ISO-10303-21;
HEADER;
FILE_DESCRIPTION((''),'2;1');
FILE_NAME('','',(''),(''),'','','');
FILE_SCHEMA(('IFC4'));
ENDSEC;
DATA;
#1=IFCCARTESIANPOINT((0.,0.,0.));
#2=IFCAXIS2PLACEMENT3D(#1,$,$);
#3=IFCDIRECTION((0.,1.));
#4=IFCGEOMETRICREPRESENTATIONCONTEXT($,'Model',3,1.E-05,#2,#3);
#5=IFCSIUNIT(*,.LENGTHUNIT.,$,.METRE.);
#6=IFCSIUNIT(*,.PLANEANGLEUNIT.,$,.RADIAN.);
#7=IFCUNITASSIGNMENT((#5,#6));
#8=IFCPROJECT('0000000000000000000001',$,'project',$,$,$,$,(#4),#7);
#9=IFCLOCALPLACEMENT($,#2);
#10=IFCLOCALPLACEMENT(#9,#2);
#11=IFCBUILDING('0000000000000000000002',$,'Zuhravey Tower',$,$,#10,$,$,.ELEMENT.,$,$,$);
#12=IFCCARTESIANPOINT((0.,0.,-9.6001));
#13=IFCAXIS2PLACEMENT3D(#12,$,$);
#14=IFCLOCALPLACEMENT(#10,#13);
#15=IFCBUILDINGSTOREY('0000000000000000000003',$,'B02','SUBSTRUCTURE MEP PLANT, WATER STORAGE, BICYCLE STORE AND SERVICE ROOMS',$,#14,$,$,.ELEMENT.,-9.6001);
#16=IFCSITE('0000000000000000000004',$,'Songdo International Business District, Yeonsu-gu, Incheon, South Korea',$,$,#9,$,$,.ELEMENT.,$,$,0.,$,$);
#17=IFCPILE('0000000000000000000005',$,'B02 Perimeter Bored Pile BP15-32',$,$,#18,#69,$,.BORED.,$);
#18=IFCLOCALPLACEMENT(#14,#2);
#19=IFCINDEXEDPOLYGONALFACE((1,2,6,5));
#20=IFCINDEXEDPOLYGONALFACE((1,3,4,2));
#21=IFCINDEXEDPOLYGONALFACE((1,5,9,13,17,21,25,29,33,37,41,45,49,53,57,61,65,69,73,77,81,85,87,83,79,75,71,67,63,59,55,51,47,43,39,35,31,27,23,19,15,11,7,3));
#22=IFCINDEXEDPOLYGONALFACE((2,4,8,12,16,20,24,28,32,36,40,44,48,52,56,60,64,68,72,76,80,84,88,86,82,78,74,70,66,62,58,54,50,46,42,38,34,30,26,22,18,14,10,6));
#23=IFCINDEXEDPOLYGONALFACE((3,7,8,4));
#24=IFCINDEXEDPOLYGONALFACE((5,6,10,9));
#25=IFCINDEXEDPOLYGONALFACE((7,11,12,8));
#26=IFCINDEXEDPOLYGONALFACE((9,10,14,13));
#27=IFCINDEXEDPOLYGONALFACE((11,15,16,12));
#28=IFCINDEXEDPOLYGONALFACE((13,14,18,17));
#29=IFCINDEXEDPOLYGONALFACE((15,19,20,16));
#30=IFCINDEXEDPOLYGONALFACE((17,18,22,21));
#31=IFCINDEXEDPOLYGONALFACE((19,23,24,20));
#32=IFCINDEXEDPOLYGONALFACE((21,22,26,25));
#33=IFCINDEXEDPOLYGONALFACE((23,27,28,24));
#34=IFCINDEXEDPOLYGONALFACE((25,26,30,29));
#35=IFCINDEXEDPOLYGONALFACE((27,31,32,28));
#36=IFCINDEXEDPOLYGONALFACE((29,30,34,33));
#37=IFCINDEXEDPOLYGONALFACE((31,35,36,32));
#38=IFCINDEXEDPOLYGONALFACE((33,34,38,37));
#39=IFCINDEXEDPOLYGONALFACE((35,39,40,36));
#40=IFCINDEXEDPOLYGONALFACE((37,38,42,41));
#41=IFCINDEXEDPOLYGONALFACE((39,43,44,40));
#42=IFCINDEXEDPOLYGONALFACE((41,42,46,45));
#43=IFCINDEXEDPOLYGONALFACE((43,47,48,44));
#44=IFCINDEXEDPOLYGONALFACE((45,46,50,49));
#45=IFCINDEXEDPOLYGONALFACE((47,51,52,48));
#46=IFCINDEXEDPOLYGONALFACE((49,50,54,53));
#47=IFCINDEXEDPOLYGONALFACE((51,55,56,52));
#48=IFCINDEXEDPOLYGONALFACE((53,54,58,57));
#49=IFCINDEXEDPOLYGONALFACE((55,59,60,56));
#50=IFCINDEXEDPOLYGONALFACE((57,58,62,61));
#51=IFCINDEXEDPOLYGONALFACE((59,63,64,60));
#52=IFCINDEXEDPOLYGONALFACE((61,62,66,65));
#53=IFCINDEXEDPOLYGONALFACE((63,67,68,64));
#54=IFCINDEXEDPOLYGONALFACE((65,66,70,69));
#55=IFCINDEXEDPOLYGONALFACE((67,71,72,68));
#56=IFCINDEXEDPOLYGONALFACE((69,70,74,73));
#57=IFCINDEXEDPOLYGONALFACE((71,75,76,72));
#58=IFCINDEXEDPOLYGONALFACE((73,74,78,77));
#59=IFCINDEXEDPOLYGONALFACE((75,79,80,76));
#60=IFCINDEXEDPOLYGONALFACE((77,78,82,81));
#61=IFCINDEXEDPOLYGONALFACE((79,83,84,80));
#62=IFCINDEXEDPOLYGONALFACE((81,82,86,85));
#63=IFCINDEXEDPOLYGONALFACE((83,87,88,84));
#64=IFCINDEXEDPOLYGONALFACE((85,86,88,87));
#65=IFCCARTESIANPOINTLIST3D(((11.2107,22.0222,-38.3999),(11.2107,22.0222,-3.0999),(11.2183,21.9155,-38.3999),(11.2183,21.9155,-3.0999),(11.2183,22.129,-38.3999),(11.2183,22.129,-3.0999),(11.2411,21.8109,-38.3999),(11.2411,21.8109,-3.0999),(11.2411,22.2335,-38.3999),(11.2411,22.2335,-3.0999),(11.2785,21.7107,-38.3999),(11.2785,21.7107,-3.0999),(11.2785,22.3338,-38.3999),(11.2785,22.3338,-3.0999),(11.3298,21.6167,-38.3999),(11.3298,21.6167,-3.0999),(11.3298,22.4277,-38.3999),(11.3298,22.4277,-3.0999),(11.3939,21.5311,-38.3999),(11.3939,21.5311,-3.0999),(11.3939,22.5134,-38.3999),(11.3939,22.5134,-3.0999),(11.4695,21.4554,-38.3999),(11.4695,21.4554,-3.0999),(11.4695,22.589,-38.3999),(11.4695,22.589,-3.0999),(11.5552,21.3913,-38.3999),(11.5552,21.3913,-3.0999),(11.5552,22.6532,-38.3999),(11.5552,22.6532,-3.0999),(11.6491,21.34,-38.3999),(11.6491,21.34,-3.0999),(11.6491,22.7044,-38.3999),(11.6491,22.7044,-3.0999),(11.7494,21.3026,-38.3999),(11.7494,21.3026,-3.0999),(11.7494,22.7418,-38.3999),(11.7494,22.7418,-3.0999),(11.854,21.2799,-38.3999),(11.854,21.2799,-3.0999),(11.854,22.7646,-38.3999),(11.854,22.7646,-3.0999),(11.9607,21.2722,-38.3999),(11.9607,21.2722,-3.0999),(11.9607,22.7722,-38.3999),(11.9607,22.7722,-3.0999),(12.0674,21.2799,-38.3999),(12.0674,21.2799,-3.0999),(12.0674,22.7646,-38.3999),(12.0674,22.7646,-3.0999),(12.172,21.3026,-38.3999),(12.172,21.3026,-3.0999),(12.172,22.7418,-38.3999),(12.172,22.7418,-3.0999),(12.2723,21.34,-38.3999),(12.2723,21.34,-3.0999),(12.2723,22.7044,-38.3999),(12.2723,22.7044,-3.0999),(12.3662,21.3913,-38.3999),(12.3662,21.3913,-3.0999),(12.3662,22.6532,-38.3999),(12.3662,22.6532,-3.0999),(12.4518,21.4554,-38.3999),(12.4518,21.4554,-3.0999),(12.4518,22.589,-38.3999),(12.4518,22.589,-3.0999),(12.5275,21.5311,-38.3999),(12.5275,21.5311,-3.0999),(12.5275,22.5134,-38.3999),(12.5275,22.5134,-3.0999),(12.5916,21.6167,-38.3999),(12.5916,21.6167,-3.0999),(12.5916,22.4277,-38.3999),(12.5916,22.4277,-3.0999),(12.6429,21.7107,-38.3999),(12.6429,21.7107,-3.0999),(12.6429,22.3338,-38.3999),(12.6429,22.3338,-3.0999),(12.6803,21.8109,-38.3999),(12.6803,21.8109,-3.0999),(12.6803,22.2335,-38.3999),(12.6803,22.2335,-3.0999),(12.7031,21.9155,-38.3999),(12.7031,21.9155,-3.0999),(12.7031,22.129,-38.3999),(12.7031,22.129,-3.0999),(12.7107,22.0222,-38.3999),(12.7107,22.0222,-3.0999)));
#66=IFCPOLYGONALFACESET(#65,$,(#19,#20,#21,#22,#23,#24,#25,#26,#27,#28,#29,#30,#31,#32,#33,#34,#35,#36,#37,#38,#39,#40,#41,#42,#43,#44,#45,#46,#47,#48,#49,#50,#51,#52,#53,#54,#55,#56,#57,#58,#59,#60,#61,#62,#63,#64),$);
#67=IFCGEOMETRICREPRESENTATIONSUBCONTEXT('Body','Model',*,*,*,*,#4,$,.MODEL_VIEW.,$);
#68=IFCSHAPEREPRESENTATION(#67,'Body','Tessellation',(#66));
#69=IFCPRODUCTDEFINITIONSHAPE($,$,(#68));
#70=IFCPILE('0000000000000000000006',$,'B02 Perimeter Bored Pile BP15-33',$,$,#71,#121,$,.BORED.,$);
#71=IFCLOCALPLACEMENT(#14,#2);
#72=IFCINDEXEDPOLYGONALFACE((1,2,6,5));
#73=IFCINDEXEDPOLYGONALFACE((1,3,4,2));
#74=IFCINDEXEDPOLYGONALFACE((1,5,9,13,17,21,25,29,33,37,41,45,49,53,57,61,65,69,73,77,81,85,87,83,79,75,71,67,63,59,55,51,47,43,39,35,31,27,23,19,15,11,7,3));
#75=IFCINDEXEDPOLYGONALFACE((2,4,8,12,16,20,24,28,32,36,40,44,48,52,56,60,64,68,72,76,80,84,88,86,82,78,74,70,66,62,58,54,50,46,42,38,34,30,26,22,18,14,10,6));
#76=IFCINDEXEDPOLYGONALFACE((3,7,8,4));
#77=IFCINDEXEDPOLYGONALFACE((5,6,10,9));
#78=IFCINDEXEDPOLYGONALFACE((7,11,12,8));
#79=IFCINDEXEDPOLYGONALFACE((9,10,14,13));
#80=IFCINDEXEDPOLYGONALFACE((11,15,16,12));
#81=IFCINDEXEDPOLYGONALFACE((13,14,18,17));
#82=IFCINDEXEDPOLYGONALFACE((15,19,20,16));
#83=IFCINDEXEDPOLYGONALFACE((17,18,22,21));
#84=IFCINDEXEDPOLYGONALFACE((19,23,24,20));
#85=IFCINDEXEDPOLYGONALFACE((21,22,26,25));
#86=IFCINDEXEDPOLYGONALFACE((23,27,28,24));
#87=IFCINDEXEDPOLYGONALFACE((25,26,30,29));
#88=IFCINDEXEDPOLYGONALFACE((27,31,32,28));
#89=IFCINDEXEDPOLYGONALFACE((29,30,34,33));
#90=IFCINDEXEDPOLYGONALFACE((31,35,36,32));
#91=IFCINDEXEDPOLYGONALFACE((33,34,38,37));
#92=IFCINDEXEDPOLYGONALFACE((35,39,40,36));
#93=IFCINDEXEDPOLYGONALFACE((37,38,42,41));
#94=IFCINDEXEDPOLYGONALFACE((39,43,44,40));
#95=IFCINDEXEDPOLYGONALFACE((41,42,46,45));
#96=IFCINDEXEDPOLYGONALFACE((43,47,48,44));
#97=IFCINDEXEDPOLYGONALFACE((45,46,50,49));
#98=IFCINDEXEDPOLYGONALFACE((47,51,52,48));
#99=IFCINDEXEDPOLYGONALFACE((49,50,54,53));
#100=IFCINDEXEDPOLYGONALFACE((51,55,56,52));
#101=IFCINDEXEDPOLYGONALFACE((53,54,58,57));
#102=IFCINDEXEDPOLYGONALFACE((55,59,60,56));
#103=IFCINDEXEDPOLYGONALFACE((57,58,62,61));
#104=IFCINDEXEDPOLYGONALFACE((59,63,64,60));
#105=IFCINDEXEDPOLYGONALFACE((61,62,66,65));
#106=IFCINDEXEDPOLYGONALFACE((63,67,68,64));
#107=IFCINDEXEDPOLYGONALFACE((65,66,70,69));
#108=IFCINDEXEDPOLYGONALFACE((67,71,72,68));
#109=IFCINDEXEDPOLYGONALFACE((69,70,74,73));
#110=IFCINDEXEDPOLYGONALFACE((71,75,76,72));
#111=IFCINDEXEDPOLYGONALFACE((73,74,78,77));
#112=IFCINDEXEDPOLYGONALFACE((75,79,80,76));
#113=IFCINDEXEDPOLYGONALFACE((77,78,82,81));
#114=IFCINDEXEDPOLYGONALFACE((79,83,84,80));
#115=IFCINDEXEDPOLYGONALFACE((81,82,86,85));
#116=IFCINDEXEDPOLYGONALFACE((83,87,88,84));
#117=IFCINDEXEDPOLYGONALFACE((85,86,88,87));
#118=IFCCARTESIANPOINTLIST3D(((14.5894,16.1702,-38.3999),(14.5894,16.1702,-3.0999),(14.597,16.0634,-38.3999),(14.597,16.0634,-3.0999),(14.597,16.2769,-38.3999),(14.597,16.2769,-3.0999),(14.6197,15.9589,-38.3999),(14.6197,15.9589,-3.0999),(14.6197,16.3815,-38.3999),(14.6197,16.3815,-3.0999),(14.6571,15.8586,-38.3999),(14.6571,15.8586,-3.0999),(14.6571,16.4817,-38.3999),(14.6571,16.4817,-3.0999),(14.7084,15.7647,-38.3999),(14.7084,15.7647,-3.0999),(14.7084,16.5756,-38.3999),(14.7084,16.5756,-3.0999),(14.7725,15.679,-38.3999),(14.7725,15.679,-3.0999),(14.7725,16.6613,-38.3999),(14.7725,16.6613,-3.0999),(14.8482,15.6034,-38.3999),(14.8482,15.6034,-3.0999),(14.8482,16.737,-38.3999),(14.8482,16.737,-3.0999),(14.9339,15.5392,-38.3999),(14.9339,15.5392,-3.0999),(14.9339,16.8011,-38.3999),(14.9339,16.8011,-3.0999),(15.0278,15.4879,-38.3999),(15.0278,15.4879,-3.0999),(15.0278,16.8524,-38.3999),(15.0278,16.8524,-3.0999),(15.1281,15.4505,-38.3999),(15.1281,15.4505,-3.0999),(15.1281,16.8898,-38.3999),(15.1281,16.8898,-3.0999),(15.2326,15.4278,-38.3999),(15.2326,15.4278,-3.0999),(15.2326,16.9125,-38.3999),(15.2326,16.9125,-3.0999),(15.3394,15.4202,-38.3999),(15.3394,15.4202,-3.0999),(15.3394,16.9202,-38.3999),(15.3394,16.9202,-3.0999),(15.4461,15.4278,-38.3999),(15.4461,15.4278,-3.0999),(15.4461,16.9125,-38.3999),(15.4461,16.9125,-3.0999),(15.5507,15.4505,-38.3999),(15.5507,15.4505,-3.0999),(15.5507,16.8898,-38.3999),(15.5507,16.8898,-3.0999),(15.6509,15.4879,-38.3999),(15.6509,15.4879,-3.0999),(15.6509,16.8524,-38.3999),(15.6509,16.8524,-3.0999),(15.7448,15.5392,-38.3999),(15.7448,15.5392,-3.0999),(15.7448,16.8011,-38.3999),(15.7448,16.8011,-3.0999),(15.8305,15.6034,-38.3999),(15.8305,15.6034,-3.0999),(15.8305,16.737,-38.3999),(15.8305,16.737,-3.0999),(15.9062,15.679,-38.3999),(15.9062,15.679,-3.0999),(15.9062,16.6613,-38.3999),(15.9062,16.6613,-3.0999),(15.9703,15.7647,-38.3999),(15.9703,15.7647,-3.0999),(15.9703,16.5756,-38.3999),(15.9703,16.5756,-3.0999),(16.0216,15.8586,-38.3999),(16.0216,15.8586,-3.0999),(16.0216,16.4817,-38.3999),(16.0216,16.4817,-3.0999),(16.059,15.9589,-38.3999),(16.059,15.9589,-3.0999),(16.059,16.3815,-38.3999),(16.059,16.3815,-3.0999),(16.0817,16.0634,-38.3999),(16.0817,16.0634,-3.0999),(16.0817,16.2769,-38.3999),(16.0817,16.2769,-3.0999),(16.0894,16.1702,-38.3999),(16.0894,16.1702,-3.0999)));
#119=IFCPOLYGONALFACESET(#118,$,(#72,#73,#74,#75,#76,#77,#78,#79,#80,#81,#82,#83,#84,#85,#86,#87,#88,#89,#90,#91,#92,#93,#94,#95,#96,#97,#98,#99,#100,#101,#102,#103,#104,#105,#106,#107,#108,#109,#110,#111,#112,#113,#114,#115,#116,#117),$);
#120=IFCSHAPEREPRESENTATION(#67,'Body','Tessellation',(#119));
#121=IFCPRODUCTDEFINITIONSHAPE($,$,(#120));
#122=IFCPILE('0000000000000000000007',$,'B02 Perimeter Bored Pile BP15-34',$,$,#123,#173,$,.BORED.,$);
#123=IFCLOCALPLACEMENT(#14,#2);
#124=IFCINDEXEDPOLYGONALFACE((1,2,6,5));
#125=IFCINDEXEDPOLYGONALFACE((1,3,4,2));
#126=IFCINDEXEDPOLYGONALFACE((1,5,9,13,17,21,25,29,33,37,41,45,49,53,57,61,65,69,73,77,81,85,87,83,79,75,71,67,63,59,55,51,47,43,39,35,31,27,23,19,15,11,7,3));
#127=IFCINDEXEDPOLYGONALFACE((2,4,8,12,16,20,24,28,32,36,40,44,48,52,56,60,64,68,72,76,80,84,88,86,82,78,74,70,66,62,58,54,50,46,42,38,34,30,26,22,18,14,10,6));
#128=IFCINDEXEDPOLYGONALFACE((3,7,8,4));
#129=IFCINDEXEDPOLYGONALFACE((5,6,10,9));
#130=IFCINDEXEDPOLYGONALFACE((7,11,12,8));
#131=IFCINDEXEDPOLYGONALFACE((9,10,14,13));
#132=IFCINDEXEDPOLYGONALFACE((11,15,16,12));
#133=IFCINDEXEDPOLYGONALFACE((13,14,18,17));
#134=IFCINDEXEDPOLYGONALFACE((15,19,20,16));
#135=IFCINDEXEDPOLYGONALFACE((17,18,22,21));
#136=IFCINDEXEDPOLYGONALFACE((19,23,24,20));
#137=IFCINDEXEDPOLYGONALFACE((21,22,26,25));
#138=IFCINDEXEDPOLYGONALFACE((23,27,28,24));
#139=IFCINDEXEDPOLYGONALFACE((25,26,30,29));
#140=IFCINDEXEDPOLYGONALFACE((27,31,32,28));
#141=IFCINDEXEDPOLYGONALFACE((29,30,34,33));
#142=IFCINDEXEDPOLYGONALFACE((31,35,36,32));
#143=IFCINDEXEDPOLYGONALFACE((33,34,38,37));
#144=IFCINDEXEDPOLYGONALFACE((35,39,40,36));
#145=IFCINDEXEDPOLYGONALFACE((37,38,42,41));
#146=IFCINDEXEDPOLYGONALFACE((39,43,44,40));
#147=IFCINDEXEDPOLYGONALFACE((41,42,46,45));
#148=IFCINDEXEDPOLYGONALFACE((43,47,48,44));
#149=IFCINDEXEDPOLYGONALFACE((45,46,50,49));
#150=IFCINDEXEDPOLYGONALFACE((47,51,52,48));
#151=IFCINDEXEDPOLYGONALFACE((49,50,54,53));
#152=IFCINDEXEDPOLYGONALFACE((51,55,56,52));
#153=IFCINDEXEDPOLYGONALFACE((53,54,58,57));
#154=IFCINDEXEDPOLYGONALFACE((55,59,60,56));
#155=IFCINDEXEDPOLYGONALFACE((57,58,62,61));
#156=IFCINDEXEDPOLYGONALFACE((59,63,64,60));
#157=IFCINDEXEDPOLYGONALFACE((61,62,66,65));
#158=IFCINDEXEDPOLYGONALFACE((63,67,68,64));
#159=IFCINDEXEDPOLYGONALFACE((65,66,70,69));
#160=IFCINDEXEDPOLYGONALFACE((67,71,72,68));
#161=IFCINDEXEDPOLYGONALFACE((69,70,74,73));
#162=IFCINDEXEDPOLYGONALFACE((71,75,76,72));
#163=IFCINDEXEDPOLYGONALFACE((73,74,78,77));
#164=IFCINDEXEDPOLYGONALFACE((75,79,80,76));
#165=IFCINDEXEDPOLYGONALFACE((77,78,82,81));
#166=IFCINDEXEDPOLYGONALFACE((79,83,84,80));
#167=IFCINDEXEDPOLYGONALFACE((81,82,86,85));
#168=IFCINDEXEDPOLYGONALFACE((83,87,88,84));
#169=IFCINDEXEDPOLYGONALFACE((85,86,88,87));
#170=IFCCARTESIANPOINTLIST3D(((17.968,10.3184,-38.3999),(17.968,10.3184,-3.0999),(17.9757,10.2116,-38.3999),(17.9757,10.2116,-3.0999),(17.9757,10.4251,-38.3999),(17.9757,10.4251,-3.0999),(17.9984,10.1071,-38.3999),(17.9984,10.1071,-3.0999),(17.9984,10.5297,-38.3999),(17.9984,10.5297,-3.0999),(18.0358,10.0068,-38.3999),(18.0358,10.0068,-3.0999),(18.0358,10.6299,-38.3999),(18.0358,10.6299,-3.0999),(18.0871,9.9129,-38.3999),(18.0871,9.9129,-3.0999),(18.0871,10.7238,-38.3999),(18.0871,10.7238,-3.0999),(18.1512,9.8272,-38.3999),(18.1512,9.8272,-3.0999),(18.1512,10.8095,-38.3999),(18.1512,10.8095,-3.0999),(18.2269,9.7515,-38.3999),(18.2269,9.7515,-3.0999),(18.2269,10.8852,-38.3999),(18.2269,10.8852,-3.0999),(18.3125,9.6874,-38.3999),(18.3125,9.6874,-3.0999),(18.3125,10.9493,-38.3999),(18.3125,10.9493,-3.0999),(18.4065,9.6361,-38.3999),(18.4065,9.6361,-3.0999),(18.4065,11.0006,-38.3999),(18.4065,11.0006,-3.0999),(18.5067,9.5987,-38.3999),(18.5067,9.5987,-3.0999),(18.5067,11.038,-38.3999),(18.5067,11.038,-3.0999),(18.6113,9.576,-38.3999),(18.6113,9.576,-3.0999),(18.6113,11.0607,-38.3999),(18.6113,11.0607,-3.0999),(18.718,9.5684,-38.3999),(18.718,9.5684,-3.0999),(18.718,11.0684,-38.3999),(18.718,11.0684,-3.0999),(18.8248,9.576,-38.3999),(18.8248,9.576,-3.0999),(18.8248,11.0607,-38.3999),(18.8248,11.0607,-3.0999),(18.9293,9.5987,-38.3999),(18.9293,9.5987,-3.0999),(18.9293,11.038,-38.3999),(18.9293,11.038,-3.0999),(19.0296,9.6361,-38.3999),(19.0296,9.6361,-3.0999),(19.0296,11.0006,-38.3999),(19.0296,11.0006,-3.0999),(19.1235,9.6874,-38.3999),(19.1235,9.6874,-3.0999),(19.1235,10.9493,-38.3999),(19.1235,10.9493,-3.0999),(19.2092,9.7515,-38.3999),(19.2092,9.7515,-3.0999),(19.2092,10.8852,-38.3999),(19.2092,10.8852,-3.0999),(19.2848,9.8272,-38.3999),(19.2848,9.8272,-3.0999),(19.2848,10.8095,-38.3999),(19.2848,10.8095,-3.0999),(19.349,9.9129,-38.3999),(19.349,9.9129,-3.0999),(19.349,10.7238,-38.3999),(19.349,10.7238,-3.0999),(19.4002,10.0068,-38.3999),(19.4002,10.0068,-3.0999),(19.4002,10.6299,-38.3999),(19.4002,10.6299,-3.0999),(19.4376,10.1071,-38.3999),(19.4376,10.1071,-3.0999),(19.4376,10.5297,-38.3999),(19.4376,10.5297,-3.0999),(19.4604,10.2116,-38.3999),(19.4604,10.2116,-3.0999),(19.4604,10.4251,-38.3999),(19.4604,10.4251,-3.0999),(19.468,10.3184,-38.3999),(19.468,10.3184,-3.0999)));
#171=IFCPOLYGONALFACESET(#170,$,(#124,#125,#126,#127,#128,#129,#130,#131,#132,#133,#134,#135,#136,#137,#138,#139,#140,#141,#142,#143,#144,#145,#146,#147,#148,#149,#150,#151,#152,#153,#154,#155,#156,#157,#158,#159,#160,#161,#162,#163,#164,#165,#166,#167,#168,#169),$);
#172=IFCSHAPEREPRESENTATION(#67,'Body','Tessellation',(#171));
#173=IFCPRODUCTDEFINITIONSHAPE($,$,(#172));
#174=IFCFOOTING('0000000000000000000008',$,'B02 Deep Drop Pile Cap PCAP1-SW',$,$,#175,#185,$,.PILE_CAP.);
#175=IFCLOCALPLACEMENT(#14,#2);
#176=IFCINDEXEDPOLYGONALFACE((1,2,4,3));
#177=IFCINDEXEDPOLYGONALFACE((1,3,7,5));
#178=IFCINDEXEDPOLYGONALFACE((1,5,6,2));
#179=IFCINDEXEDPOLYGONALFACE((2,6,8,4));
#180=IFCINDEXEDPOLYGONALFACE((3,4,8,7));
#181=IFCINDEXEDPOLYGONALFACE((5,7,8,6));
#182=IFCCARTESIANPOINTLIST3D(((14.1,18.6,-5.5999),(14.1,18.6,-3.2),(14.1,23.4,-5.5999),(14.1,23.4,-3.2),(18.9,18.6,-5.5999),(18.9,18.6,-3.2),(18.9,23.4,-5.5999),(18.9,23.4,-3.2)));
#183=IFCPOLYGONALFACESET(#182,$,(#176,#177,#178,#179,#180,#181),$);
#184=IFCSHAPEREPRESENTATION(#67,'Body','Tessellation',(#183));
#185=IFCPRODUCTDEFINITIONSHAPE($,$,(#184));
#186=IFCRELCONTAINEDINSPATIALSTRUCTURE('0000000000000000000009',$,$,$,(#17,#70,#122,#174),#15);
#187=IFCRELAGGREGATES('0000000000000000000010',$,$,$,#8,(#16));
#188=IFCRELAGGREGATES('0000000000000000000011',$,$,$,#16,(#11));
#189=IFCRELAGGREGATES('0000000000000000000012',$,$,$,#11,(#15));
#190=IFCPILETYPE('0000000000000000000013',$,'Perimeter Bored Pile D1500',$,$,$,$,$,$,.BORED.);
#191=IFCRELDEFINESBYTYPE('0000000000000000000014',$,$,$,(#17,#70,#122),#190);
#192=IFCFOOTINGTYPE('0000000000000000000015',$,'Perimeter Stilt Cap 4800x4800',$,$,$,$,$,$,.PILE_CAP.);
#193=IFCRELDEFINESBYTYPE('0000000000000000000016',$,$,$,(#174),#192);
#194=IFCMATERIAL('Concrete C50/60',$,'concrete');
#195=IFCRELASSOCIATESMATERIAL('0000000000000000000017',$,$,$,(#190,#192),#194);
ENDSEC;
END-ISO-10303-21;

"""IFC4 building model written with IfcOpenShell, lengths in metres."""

from ifc_helpers import new_model, si_unit, direction, frame, origin, origin_2d, place, context, subcontext, project, spatial, rectangle, circle, extrude, material, material_profile, profile_set, type_object, element, save


model = new_model("IFC4")

# Units and contexts
model_context = context("Model", 3, precision=1e-05, world=origin(), true_north=direction((0.0, 1.0)))
body_context = subcontext(model_context, "Body", "Model", "MODEL_VIEW")
ifc_project = project(units=[si_unit("LENGTHUNIT", "METRE"), si_unit("PLANEANGLEUNIT", "RADIAN")], contexts=[model_context])

# Site, building, storey
site_placement = place(None, origin())
site = spatial("IfcSite", under=ifc_project, at=site_placement, Name="Songdo International Business District, Yeonsu-gu, Incheon, South Korea", CompositionType="ELEMENT", RefElevation=0.0)
building_placement = place(site_placement, origin())
building = spatial("IfcBuilding", under=site, at=building_placement, Name="Zuhravey Tower", CompositionType="ELEMENT")
storey_placement = place(building_placement, frame((0.0, 0.0, -9.6001)))
storey = spatial("IfcBuildingStorey", under=building, at=storey_placement, Name="B02", Description="SUBSTRUCTURE MEP PLANT, WATER STORAGE, BICYCLE STORE AND SERVICE ROOMS", CompositionType="ELEMENT", Elevation=-9.6001)

# Piles
ifc_material_1 = material(Name="Concrete C50/60", Category="concrete")
ifc_material_profile_1 = material_profile(ifc_material_1, circle(Radius=0.75, at=origin_2d()), Name="PILE-D1500")
ifc_profile_set_1 = profile_set([ifc_material_profile_1], Name="Concrete C50/60")
pile_type_1 = type_object("IfcPileType", Name="Perimeter Bored Pile D1500", PredefinedType="BORED", material=ifc_profile_set_1)
for number, where, z_axis, x_axis, name in (
    (1, (11.9607, 22.0222, -3.0999), (0.0, 0.0, -1.0), (1.0, 0.0, 0.0), "B02 Perimeter Bored Pile BP15-32"),
    (2, (15.3394, 16.1702, -3.0999), (0.0, 0.0, -1.0), (1.0, 0.0, 0.0), "B02 Perimeter Bored Pile BP15-33"),
    (3, (18.718, 10.3184, -3.0999), (0.0, 0.0, -1.0), (1.0, 0.0, 0.0), "B02 Perimeter Bored Pile BP15-34"),
):
    element("IfcPile", number, at=place(storey_placement, frame(where, z_axis=z_axis, x_axis=x_axis)), inside=storey, type_object=pile_type_1, Name=name, PredefinedType="BORED", context=body_context, shape_type="SweptSolid", body=[
        extrude(circle(Radius=0.75, at=origin_2d()), origin(), (0.0, 0.0, 1.0), 35.3),
    ])

# Footing
footing_type_1 = type_object("IfcFootingType", Name="Perimeter Stilt Cap 4800x4800", PredefinedType="PILE_CAP", material=ifc_material_1)
footing_1_placement = place(storey_placement, frame((16.5, 21.0, -5.5999), z_axis=(0.0, 0.0, 1.0), x_axis=(1.0, 0.0, 0.0)))
element("IfcFooting", 4, at=footing_1_placement, inside=storey, type_object=footing_type_1, Name="B02 Deep Drop Pile Cap PCAP1-SW", PredefinedType="PILE_CAP", context=body_context, shape_type="SweptSolid", body=[
    extrude(rectangle(XDim=4.8, YDim=4.8, at=origin_2d()), origin(), (0.0, 0.0, 1.0), 2.3999),
])

save(model, "model.ifc")
